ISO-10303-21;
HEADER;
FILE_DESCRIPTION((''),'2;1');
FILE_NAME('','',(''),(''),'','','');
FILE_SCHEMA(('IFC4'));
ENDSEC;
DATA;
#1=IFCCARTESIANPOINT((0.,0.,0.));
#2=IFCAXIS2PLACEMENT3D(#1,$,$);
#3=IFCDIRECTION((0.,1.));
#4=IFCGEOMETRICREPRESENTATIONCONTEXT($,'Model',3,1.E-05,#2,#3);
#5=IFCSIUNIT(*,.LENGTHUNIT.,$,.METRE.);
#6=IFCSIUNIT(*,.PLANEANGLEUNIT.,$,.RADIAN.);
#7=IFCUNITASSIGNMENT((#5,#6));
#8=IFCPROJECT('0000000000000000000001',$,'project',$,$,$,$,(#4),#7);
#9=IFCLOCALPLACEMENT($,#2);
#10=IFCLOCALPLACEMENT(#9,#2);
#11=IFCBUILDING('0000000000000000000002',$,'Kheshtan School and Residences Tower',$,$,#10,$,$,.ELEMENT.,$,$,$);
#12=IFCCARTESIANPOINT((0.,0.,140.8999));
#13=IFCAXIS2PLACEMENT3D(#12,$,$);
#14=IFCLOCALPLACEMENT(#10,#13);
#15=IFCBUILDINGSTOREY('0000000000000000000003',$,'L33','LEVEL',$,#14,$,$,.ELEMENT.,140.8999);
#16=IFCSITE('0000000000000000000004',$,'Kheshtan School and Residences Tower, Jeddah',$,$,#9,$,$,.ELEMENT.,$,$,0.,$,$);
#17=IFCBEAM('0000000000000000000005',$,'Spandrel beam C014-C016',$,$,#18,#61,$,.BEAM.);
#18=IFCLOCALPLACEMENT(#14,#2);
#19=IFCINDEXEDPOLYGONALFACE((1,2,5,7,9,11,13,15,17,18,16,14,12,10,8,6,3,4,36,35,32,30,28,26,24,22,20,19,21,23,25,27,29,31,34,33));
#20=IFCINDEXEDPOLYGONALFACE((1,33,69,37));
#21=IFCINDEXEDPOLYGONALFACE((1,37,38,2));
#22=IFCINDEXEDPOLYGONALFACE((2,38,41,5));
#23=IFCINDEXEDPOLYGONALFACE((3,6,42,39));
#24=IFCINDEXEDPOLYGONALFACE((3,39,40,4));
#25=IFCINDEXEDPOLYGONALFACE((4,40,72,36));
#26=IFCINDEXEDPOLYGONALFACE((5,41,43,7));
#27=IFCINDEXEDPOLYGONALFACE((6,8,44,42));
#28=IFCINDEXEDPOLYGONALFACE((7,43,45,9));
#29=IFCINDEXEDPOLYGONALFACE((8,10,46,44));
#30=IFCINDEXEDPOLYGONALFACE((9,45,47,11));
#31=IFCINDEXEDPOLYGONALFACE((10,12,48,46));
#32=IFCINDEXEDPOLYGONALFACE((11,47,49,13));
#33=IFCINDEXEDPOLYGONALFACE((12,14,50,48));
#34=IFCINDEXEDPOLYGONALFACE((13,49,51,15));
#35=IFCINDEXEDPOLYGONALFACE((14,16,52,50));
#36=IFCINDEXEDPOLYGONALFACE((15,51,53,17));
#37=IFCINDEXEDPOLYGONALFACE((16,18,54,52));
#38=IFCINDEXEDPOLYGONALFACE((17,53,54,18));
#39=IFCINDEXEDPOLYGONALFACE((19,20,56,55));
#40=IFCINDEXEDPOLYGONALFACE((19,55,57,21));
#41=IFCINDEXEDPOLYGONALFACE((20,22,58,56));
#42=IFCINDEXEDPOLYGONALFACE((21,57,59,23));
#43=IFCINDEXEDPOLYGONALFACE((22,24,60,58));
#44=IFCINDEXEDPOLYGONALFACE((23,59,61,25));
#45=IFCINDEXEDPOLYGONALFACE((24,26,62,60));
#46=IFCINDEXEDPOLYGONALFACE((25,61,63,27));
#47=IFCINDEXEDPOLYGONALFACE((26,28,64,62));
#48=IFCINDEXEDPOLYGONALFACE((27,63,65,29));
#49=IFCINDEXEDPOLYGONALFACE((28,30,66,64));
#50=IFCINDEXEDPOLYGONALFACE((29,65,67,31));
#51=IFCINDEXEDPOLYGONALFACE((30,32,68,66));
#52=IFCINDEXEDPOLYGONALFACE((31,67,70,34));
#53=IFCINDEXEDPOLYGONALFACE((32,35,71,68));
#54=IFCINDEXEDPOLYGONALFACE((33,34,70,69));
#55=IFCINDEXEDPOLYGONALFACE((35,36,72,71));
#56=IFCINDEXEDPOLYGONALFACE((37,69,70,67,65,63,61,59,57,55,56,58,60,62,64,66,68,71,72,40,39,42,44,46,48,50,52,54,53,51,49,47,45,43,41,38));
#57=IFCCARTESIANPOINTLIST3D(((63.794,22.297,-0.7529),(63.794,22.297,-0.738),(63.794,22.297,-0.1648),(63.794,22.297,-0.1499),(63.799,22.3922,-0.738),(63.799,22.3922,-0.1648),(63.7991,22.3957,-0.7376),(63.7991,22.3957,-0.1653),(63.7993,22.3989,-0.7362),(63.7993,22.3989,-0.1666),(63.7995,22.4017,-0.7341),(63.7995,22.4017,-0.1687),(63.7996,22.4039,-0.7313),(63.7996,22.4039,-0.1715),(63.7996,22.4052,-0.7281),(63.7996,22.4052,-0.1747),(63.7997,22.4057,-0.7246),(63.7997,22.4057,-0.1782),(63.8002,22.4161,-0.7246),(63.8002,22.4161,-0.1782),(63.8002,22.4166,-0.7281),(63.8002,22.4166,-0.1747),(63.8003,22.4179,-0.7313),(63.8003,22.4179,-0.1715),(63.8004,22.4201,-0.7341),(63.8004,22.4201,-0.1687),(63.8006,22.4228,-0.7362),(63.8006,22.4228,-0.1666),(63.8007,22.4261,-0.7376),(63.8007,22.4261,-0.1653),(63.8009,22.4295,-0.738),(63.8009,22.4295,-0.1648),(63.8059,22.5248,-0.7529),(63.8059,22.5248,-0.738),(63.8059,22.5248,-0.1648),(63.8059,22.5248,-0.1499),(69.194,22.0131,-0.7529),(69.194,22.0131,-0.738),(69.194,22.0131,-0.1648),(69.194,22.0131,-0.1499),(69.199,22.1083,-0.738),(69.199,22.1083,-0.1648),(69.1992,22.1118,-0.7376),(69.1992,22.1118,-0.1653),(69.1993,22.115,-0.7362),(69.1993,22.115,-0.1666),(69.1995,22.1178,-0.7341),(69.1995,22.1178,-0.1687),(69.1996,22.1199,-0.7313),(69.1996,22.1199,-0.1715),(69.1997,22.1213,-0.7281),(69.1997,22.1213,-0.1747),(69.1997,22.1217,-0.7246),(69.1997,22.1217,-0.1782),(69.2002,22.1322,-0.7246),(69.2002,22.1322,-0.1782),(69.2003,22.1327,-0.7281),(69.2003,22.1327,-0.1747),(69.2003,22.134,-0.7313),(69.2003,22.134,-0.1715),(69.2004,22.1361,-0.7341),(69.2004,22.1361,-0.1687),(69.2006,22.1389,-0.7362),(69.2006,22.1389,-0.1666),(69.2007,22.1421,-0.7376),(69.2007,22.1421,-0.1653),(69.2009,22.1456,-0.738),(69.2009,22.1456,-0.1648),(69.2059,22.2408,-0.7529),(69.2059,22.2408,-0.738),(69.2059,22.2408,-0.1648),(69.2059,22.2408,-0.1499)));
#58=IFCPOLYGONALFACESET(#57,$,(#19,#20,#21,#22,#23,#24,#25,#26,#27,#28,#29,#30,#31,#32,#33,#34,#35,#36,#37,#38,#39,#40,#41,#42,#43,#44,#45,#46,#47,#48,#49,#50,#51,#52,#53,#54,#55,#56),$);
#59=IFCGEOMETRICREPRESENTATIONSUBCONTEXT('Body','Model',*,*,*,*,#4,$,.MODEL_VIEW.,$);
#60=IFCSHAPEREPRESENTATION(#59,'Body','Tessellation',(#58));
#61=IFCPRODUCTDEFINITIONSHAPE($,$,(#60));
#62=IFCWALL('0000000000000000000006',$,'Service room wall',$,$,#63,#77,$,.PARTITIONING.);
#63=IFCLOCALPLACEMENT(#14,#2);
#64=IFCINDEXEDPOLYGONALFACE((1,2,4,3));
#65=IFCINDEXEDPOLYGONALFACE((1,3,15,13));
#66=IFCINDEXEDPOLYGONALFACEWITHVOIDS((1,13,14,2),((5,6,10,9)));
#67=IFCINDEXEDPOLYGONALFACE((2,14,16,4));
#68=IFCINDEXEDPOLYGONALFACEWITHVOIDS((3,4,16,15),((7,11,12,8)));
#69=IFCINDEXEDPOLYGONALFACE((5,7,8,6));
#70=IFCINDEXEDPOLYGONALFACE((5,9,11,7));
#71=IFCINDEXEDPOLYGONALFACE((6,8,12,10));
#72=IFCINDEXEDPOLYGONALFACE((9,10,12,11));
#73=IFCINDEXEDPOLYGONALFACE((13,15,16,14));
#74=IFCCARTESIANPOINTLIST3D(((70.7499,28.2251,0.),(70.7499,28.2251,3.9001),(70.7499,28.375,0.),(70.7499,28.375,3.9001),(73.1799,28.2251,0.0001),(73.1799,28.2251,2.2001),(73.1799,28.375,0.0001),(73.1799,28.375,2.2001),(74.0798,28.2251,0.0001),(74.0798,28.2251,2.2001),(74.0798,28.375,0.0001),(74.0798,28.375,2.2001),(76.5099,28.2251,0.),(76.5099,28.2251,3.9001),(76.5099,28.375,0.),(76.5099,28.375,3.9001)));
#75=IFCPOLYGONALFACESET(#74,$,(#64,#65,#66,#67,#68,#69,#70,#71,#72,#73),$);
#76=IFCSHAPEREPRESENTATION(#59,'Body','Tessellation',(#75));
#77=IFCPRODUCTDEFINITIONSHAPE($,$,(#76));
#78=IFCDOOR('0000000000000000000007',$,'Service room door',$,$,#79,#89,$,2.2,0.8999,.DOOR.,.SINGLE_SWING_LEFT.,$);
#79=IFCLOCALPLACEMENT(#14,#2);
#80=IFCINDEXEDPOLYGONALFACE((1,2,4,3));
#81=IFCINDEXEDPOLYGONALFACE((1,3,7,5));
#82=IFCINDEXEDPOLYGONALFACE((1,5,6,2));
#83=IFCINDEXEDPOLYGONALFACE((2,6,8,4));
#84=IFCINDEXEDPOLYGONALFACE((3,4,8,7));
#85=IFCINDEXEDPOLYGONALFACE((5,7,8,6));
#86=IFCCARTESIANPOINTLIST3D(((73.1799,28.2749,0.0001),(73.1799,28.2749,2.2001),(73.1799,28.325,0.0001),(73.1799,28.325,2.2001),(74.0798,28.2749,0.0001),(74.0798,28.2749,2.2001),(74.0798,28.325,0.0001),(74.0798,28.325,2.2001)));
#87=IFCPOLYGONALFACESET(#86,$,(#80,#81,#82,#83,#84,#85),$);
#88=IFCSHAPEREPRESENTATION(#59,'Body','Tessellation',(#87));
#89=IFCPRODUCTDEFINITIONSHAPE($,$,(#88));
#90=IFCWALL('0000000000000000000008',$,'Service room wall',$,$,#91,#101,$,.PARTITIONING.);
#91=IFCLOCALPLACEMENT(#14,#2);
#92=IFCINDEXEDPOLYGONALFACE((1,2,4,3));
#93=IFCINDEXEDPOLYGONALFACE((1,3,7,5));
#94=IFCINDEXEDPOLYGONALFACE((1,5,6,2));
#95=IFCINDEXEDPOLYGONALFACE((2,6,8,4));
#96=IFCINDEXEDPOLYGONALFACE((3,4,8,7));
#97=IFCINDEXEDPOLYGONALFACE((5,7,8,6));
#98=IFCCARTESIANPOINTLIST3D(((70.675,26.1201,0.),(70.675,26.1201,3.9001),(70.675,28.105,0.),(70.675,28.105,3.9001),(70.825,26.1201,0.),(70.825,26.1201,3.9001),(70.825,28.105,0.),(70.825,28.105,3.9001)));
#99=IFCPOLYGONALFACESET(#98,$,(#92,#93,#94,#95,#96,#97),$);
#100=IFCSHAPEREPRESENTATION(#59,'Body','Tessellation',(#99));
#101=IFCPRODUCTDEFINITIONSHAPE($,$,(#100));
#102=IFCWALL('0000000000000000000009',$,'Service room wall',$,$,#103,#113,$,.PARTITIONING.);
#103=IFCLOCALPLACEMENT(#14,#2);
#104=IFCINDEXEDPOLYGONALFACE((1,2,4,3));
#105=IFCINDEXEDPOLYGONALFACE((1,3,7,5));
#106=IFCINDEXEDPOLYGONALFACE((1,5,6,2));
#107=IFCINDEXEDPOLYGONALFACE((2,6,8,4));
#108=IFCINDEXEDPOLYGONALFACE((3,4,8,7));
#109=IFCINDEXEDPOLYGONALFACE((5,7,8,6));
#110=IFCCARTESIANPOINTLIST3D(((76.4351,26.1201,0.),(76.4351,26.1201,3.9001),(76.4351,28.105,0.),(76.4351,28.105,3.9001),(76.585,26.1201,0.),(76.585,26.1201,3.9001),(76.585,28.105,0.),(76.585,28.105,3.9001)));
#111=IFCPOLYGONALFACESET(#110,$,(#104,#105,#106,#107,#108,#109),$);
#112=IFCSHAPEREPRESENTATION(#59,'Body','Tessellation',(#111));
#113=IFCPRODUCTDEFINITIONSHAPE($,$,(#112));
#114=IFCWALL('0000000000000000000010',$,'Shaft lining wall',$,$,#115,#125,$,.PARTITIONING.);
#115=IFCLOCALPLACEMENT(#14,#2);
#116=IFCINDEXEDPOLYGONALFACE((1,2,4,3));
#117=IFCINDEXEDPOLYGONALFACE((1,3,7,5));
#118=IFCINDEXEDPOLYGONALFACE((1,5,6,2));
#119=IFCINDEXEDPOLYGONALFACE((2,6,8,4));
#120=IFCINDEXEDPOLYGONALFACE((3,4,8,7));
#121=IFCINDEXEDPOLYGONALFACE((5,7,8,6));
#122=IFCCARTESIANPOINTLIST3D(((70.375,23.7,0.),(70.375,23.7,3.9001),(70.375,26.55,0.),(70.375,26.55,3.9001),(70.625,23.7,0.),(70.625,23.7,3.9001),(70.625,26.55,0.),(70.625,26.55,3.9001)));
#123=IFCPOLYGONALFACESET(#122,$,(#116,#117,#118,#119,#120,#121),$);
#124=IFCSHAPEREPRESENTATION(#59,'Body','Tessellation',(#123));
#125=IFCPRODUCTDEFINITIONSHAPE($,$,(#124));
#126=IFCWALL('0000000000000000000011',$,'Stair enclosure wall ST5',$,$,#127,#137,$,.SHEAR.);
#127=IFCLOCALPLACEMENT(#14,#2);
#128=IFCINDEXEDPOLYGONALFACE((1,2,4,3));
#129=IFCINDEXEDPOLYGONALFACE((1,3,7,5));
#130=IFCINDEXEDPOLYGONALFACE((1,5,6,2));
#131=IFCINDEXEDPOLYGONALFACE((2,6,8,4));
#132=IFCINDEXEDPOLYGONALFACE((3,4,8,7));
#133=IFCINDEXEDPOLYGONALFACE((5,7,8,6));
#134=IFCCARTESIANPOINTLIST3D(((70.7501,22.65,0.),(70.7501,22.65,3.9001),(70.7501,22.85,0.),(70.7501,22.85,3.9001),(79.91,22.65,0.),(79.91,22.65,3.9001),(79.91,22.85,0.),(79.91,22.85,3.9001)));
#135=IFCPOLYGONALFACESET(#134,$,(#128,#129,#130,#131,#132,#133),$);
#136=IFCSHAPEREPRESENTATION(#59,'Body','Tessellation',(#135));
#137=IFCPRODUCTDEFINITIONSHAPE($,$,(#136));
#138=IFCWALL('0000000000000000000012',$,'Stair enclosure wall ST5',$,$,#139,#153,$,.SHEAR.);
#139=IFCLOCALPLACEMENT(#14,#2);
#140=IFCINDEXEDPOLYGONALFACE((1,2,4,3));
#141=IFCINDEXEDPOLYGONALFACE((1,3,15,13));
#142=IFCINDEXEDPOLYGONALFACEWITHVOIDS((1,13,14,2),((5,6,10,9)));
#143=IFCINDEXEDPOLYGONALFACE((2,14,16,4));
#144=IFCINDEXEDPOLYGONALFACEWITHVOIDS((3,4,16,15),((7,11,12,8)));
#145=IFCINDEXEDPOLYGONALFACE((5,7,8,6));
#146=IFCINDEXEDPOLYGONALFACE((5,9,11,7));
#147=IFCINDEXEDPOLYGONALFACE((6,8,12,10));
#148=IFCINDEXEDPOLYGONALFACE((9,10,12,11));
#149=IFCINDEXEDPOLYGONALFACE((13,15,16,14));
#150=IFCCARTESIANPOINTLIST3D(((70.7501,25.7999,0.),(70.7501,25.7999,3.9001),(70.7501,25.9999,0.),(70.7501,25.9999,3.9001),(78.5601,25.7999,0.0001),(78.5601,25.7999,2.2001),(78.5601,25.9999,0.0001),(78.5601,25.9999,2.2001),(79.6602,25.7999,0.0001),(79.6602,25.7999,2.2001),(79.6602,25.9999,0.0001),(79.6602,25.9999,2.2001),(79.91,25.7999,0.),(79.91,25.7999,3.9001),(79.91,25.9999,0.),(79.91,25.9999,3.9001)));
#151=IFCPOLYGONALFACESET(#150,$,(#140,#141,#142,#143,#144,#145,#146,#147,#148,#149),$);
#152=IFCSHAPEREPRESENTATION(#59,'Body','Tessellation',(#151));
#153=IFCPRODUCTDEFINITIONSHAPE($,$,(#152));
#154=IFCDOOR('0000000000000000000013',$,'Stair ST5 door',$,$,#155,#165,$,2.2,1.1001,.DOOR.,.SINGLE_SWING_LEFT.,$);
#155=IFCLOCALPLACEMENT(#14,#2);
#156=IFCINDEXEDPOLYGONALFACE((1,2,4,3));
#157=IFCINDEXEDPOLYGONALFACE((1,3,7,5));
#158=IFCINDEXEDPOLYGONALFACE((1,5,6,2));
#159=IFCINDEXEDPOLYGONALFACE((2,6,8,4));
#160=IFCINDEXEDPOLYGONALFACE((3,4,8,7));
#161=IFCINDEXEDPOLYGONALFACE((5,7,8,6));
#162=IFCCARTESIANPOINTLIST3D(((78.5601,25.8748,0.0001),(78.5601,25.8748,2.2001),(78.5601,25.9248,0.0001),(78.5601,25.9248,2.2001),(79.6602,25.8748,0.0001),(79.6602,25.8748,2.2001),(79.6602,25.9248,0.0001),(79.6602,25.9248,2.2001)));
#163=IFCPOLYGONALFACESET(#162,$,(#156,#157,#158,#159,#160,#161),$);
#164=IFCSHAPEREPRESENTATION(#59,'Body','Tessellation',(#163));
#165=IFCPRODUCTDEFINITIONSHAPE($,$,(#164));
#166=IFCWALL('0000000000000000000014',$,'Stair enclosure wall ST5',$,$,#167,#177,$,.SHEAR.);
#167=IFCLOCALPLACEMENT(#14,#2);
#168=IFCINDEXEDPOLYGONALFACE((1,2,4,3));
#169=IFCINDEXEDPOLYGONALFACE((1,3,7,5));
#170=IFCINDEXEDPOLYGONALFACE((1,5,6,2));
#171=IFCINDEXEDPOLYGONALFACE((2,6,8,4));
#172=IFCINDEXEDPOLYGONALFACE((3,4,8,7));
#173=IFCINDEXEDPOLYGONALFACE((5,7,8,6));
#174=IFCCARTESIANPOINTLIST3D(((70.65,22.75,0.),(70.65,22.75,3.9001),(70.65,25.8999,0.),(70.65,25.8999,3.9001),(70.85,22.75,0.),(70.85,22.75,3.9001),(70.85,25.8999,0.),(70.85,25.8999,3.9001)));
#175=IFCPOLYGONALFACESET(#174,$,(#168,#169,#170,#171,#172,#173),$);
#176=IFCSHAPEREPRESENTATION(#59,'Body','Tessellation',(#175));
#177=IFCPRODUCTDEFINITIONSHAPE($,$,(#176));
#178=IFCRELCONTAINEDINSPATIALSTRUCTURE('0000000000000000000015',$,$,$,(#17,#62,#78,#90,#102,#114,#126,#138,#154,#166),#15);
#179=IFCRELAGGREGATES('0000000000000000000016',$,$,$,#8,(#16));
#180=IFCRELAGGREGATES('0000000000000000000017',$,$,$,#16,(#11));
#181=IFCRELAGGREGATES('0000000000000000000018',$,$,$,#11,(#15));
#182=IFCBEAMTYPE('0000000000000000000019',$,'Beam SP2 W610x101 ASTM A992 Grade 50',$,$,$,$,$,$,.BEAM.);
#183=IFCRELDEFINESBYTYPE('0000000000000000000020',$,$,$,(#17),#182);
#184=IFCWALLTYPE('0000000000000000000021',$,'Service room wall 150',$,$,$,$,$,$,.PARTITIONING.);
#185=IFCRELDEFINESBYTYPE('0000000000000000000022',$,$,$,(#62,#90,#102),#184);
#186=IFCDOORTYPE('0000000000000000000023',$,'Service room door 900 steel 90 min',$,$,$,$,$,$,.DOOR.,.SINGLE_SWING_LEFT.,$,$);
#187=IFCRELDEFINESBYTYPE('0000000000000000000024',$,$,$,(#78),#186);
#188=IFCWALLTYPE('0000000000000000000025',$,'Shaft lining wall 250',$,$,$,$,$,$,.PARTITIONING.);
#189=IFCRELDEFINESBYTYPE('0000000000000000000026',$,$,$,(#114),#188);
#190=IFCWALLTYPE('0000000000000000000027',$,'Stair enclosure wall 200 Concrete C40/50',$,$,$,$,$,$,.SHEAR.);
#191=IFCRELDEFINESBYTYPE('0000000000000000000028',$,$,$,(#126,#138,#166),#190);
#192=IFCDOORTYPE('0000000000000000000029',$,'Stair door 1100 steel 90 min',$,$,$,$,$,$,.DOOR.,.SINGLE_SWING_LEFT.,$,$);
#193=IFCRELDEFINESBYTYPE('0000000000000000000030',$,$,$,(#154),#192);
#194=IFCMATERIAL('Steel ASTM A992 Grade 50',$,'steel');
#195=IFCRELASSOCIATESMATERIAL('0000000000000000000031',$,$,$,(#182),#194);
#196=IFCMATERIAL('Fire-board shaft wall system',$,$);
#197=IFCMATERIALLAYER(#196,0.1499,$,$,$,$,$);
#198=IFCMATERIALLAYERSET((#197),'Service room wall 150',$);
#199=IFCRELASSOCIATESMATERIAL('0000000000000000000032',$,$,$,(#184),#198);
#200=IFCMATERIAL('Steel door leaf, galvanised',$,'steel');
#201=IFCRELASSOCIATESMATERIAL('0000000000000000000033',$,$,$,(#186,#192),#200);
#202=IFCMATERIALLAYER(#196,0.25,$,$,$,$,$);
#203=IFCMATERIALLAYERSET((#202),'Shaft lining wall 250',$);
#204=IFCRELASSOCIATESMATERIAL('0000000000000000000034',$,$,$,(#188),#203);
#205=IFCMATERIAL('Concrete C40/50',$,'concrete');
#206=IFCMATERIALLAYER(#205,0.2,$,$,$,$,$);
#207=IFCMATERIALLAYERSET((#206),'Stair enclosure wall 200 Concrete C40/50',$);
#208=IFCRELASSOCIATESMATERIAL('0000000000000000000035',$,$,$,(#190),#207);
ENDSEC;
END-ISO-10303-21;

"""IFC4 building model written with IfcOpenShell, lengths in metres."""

from ifc_helpers import new_model, si_unit, direction, frame, frame_2d, origin, origin_2d, place, context, subcontext, project, spatial, rectangle, i_section, extrude, source, transform, mapped, material, layer, layer_set, material_profile, profile_set, type_object, element, fill, save


model = new_model("IFC4")

# Units and contexts
model_context = context("Model", 3, precision=1e-05, world=origin(), true_north=direction((0.0, 1.0)))
body_context = subcontext(model_context, "Body", "Model", "MODEL_VIEW")
ifc_project = project(units=[si_unit("LENGTHUNIT", "METRE"), si_unit("PLANEANGLEUNIT", "RADIAN")], contexts=[model_context])

# Site, building, storey
site_placement = place(None, origin())
site = spatial("IfcSite", under=ifc_project, at=site_placement, Name="Kheshtan School and Residences Tower, Jeddah", CompositionType="ELEMENT", RefElevation=0.0)
building_placement = place(site_placement, origin())
building = spatial("IfcBuilding", under=site, at=building_placement, Name="Kheshtan School and Residences Tower", CompositionType="ELEMENT")
storey_placement = place(building_placement, frame((0.0, 0.0, 140.8999)))
storey = spatial("IfcBuildingStorey", under=building, at=storey_placement, Name="L33", Description="LEVEL", CompositionType="ELEMENT", Elevation=140.8999)

# Shared definitions
ifc_material_1 = material(Name="Steel ASTM A992 Grade 50", Category="steel")

# Beam
ifc_material_profile_1 = material_profile(ifc_material_1, i_section(OverallWidth=0.228, OverallDepth=0.603, WebThickness=0.0105, FlangeThickness=0.0149, FilletRadius=0.0134, at=origin_2d()), Name="W610x101")
ifc_profile_set_1 = profile_set([ifc_material_profile_1], Name="Steel ASTM A992 Grade 50")
beam_type_1 = type_object("IfcBeamType", Name="Beam SP2 W610x101 ASTM A992 Grade 50", PredefinedType="BEAM", material=ifc_profile_set_1)
beam_1_placement = place(storey_placement, frame((69.2, 22.127, -0.4514), z_axis=(-0.99862, 0.052509, 0.0), x_axis=(-0.052509, -0.99862, 0.0)))
element("IfcBeam", 1, at=beam_1_placement, inside=storey, type_object=beam_type_1, Name="Spandrel beam C014-C016", PredefinedType="BEAM", context=body_context, shape_type="SweptSolid", body=[
    extrude(i_section(OverallWidth=0.228, OverallDepth=0.603, WebThickness=0.0105, FlangeThickness=0.0149, FilletRadius=0.0134, at=origin_2d()), origin(), (0.0, 0.0, 1.0), 5.4075),
])

# Wall, opening, door
ifc_material_2 = material(Name="Fire-board shaft wall system")
ifc_layer_1 = layer(ifc_material_2, 0.1499)
ifc_layer_set_1 = layer_set([ifc_layer_1], Name="Service room wall 150")
wall_type_1 = type_object("IfcWallType", Name="Service room wall 150", PredefinedType="PARTITIONING", material=ifc_layer_set_1)
wall_1_placement = place(storey_placement, frame((70.75, 28.3, 0.0), z_axis=(0.0, 0.0, 1.0), x_axis=(1.0, 0.0, 0.0)))
wall_1 = element("IfcWall", 2, at=wall_1_placement, inside=storey, type_object=wall_type_1, Name="Service room wall", PredefinedType="PARTITIONING", context=body_context, shape_type="SweptSolid", body=[
    extrude(rectangle(XDim=5.76, YDim=0.1499, at=frame_2d((2.8799, 0.0))), origin(), (0.0, 0.0, 1.0), 3.9001),
])
opening_1_placement = place(wall_1_placement, frame((2.4299, 0.0, 0.0)))
opening_1 = element("IfcOpeningElement", 3, at=opening_1_placement, cuts=wall_1, PredefinedType="OPENING", context=body_context, shape_type="SweptSolid", body=[
    extrude(rectangle(XDim=0.8999, YDim=2.2, at=frame_2d((0.45, 1.1001))), frame((0.0, 0.085, 0.0), z_axis=(0.0, -1.0, 0.0), x_axis=(1.0, 0.0, 0.0)), (0.0, 0.0, 1.0), 0.1699),
])
ifc_material_3 = material(Name="Steel door leaf, galvanised", Category="steel")
door_type_1 = type_object("IfcDoorType", Name="Service room door 900 steel 90 min", OperationType="SINGLE_SWING_LEFT", PredefinedType="DOOR", material=ifc_material_3)
shared_shape_1 = source(origin(), body_context, "Body", "SweptSolid", [
    extrude(rectangle(XDim=0.8999, YDim=2.2, at=frame_2d((0.45, 1.1001))), frame((0.0, 0.0249, 0.0), z_axis=(0.0, -1.0, 0.0), x_axis=(1.0, 0.0, 0.0)), (0.0, 0.0, 1.0), 0.05),
])
door_1_placement = place(opening_1_placement, origin())
door_1 = element("IfcDoor", 4, at=door_1_placement, inside=storey, type_object=door_type_1, Name="Service room door", OperationType="SINGLE_SWING_LEFT", OverallHeight=2.2, OverallWidth=0.8999, PredefinedType="DOOR", context=body_context, shape_type="MappedRepresentation", body=[
    mapped(shared_shape_1, transform((0.0, 0.0, 0.0), x_axis=(1.0, 0.0, 0.0), y_axis=(0.0, 1.0, 0.0), z_axis=(0.0, 0.0, 1.0), scale=1.0)),
])
fill(opening_1, door_1)

# Walls
for number, where, z_axis, x_axis, name in (
    (5, (70.75, 26.1201, 0.0), (0.0, 0.0, 1.0), (0.0, 1.0, 0.0), "Service room wall"),
    (6, (76.51, 26.1201, 0.0), (0.0, 0.0, 1.0), (0.0, 1.0, 0.0), "Service room wall"),
):
    element("IfcWall", number, at=place(storey_placement, frame(where, z_axis=z_axis, x_axis=x_axis)), inside=storey, type_object=wall_type_1, Name=name, PredefinedType="PARTITIONING", context=body_context, shape_type="SweptSolid", body=[
        extrude(rectangle(XDim=1.9849, YDim=0.1499, at=frame_2d((0.9924, 0.0))), origin(), (0.0, 0.0, 1.0), 3.9001),
    ])
ifc_layer_2 = layer(ifc_material_2, 0.25)
ifc_layer_set_2 = layer_set([ifc_layer_2], Name="Shaft lining wall 250")
wall_type_2 = type_object("IfcWallType", Name="Shaft lining wall 250", PredefinedType="PARTITIONING", material=ifc_layer_set_2)
wall_2_placement = place(storey_placement, frame((70.5, 23.7, 0.0), z_axis=(0.0, 0.0, 1.0), x_axis=(0.0, 1.0, 0.0)))
element("IfcWall", 7, at=wall_2_placement, inside=storey, type_object=wall_type_2, Name="Shaft lining wall", PredefinedType="PARTITIONING", context=body_context, shape_type="SweptSolid", body=[
    extrude(rectangle(XDim=2.8501, YDim=0.25, at=frame_2d((1.425, 0.0))), origin(), (0.0, 0.0, 1.0), 3.9001),
])
ifc_material_4 = material(Name="Concrete C40/50", Category="concrete")
ifc_layer_3 = layer(ifc_material_4, 0.2)
ifc_layer_set_3 = layer_set([ifc_layer_3], Name="Stair enclosure wall 200 Concrete C40/50")
wall_type_3 = type_object("IfcWallType", Name="Stair enclosure wall 200 Concrete C40/50", PredefinedType="SHEAR", material=ifc_layer_set_3)
wall_3_placement = place(storey_placement, frame((70.75, 22.75, 0.0), z_axis=(0.0, 0.0, 1.0), x_axis=(1.0, 0.0, 0.0)))
element("IfcWall", 8, at=wall_3_placement, inside=storey, type_object=wall_type_3, Name="Stair enclosure wall ST5", PredefinedType="SHEAR", context=body_context, shape_type="SweptSolid", body=[
    extrude(rectangle(XDim=9.1599, YDim=0.2, at=frame_2d((4.5801, 0.0))), origin(), (0.0, 0.0, 1.0), 3.9001),
])

# Wall, opening, door
wall_4_placement = place(storey_placement, frame((70.75, 25.8999, 0.0), z_axis=(0.0, 0.0, 1.0), x_axis=(1.0, 0.0, 0.0)))
wall_4 = element("IfcWall", 9, at=wall_4_placement, inside=storey, type_object=wall_type_3, Name="Stair enclosure wall ST5", PredefinedType="SHEAR", context=body_context, shape_type="SweptSolid", body=[
    extrude(rectangle(XDim=9.1599, YDim=0.2, at=frame_2d((4.5801, 0.0))), origin(), (0.0, 0.0, 1.0), 3.9001),
])
opening_2_placement = place(wall_4_placement, frame((7.8101, 0.0, 0.0)))
opening_2 = element("IfcOpeningElement", 10, at=opening_2_placement, cuts=wall_4, PredefinedType="OPENING", context=body_context, shape_type="SweptSolid", body=[
    extrude(rectangle(XDim=1.1001, YDim=2.2, at=frame_2d((0.55, 1.1001))), frame((0.0, 0.1099, 0.0), z_axis=(0.0, -1.0, 0.0), x_axis=(1.0, 0.0, 0.0)), (0.0, 0.0, 1.0), 0.22),
])
door_type_2 = type_object("IfcDoorType", Name="Stair door 1100 steel 90 min", OperationType="SINGLE_SWING_LEFT", PredefinedType="DOOR", material=ifc_material_3)
shared_shape_2 = source(origin(), body_context, "Body", "SweptSolid", [
    extrude(rectangle(XDim=1.1001, YDim=2.2, at=frame_2d((0.55, 1.1001))), frame((0.0, 0.0249, 0.0), z_axis=(0.0, -1.0, 0.0), x_axis=(1.0, 0.0, 0.0)), (0.0, 0.0, 1.0), 0.05),
])
door_2_placement = place(opening_2_placement, origin())
door_2 = element("IfcDoor", 11, at=door_2_placement, inside=storey, type_object=door_type_2, Name="Stair ST5 door", OperationType="SINGLE_SWING_LEFT", OverallHeight=2.2, OverallWidth=1.1001, PredefinedType="DOOR", context=body_context, shape_type="MappedRepresentation", body=[
    mapped(shared_shape_2, transform((0.0, 0.0, 0.0), x_axis=(1.0, 0.0, 0.0), y_axis=(0.0, 1.0, 0.0), z_axis=(0.0, 0.0, 1.0), scale=1.0)),
])
fill(opening_2, door_2)

# Wall
for number, where, z_axis, x_axis, name in (
    (12, (70.75, 22.75, 0.0), (0.0, 0.0, 1.0), (0.0, 1.0, 0.0), "Stair enclosure wall ST5"),
):
    element("IfcWall", number, at=place(storey_placement, frame(where, z_axis=z_axis, x_axis=x_axis)), inside=storey, type_object=wall_type_3, Name=name, PredefinedType="SHEAR", context=body_context, shape_type="SweptSolid", body=[
        extrude(rectangle(XDim=3.1499, YDim=0.2, at=frame_2d((1.575, 0.0))), origin(), (0.0, 0.0, 1.0), 3.9001),
    ])

save(model, "model.ifc")
